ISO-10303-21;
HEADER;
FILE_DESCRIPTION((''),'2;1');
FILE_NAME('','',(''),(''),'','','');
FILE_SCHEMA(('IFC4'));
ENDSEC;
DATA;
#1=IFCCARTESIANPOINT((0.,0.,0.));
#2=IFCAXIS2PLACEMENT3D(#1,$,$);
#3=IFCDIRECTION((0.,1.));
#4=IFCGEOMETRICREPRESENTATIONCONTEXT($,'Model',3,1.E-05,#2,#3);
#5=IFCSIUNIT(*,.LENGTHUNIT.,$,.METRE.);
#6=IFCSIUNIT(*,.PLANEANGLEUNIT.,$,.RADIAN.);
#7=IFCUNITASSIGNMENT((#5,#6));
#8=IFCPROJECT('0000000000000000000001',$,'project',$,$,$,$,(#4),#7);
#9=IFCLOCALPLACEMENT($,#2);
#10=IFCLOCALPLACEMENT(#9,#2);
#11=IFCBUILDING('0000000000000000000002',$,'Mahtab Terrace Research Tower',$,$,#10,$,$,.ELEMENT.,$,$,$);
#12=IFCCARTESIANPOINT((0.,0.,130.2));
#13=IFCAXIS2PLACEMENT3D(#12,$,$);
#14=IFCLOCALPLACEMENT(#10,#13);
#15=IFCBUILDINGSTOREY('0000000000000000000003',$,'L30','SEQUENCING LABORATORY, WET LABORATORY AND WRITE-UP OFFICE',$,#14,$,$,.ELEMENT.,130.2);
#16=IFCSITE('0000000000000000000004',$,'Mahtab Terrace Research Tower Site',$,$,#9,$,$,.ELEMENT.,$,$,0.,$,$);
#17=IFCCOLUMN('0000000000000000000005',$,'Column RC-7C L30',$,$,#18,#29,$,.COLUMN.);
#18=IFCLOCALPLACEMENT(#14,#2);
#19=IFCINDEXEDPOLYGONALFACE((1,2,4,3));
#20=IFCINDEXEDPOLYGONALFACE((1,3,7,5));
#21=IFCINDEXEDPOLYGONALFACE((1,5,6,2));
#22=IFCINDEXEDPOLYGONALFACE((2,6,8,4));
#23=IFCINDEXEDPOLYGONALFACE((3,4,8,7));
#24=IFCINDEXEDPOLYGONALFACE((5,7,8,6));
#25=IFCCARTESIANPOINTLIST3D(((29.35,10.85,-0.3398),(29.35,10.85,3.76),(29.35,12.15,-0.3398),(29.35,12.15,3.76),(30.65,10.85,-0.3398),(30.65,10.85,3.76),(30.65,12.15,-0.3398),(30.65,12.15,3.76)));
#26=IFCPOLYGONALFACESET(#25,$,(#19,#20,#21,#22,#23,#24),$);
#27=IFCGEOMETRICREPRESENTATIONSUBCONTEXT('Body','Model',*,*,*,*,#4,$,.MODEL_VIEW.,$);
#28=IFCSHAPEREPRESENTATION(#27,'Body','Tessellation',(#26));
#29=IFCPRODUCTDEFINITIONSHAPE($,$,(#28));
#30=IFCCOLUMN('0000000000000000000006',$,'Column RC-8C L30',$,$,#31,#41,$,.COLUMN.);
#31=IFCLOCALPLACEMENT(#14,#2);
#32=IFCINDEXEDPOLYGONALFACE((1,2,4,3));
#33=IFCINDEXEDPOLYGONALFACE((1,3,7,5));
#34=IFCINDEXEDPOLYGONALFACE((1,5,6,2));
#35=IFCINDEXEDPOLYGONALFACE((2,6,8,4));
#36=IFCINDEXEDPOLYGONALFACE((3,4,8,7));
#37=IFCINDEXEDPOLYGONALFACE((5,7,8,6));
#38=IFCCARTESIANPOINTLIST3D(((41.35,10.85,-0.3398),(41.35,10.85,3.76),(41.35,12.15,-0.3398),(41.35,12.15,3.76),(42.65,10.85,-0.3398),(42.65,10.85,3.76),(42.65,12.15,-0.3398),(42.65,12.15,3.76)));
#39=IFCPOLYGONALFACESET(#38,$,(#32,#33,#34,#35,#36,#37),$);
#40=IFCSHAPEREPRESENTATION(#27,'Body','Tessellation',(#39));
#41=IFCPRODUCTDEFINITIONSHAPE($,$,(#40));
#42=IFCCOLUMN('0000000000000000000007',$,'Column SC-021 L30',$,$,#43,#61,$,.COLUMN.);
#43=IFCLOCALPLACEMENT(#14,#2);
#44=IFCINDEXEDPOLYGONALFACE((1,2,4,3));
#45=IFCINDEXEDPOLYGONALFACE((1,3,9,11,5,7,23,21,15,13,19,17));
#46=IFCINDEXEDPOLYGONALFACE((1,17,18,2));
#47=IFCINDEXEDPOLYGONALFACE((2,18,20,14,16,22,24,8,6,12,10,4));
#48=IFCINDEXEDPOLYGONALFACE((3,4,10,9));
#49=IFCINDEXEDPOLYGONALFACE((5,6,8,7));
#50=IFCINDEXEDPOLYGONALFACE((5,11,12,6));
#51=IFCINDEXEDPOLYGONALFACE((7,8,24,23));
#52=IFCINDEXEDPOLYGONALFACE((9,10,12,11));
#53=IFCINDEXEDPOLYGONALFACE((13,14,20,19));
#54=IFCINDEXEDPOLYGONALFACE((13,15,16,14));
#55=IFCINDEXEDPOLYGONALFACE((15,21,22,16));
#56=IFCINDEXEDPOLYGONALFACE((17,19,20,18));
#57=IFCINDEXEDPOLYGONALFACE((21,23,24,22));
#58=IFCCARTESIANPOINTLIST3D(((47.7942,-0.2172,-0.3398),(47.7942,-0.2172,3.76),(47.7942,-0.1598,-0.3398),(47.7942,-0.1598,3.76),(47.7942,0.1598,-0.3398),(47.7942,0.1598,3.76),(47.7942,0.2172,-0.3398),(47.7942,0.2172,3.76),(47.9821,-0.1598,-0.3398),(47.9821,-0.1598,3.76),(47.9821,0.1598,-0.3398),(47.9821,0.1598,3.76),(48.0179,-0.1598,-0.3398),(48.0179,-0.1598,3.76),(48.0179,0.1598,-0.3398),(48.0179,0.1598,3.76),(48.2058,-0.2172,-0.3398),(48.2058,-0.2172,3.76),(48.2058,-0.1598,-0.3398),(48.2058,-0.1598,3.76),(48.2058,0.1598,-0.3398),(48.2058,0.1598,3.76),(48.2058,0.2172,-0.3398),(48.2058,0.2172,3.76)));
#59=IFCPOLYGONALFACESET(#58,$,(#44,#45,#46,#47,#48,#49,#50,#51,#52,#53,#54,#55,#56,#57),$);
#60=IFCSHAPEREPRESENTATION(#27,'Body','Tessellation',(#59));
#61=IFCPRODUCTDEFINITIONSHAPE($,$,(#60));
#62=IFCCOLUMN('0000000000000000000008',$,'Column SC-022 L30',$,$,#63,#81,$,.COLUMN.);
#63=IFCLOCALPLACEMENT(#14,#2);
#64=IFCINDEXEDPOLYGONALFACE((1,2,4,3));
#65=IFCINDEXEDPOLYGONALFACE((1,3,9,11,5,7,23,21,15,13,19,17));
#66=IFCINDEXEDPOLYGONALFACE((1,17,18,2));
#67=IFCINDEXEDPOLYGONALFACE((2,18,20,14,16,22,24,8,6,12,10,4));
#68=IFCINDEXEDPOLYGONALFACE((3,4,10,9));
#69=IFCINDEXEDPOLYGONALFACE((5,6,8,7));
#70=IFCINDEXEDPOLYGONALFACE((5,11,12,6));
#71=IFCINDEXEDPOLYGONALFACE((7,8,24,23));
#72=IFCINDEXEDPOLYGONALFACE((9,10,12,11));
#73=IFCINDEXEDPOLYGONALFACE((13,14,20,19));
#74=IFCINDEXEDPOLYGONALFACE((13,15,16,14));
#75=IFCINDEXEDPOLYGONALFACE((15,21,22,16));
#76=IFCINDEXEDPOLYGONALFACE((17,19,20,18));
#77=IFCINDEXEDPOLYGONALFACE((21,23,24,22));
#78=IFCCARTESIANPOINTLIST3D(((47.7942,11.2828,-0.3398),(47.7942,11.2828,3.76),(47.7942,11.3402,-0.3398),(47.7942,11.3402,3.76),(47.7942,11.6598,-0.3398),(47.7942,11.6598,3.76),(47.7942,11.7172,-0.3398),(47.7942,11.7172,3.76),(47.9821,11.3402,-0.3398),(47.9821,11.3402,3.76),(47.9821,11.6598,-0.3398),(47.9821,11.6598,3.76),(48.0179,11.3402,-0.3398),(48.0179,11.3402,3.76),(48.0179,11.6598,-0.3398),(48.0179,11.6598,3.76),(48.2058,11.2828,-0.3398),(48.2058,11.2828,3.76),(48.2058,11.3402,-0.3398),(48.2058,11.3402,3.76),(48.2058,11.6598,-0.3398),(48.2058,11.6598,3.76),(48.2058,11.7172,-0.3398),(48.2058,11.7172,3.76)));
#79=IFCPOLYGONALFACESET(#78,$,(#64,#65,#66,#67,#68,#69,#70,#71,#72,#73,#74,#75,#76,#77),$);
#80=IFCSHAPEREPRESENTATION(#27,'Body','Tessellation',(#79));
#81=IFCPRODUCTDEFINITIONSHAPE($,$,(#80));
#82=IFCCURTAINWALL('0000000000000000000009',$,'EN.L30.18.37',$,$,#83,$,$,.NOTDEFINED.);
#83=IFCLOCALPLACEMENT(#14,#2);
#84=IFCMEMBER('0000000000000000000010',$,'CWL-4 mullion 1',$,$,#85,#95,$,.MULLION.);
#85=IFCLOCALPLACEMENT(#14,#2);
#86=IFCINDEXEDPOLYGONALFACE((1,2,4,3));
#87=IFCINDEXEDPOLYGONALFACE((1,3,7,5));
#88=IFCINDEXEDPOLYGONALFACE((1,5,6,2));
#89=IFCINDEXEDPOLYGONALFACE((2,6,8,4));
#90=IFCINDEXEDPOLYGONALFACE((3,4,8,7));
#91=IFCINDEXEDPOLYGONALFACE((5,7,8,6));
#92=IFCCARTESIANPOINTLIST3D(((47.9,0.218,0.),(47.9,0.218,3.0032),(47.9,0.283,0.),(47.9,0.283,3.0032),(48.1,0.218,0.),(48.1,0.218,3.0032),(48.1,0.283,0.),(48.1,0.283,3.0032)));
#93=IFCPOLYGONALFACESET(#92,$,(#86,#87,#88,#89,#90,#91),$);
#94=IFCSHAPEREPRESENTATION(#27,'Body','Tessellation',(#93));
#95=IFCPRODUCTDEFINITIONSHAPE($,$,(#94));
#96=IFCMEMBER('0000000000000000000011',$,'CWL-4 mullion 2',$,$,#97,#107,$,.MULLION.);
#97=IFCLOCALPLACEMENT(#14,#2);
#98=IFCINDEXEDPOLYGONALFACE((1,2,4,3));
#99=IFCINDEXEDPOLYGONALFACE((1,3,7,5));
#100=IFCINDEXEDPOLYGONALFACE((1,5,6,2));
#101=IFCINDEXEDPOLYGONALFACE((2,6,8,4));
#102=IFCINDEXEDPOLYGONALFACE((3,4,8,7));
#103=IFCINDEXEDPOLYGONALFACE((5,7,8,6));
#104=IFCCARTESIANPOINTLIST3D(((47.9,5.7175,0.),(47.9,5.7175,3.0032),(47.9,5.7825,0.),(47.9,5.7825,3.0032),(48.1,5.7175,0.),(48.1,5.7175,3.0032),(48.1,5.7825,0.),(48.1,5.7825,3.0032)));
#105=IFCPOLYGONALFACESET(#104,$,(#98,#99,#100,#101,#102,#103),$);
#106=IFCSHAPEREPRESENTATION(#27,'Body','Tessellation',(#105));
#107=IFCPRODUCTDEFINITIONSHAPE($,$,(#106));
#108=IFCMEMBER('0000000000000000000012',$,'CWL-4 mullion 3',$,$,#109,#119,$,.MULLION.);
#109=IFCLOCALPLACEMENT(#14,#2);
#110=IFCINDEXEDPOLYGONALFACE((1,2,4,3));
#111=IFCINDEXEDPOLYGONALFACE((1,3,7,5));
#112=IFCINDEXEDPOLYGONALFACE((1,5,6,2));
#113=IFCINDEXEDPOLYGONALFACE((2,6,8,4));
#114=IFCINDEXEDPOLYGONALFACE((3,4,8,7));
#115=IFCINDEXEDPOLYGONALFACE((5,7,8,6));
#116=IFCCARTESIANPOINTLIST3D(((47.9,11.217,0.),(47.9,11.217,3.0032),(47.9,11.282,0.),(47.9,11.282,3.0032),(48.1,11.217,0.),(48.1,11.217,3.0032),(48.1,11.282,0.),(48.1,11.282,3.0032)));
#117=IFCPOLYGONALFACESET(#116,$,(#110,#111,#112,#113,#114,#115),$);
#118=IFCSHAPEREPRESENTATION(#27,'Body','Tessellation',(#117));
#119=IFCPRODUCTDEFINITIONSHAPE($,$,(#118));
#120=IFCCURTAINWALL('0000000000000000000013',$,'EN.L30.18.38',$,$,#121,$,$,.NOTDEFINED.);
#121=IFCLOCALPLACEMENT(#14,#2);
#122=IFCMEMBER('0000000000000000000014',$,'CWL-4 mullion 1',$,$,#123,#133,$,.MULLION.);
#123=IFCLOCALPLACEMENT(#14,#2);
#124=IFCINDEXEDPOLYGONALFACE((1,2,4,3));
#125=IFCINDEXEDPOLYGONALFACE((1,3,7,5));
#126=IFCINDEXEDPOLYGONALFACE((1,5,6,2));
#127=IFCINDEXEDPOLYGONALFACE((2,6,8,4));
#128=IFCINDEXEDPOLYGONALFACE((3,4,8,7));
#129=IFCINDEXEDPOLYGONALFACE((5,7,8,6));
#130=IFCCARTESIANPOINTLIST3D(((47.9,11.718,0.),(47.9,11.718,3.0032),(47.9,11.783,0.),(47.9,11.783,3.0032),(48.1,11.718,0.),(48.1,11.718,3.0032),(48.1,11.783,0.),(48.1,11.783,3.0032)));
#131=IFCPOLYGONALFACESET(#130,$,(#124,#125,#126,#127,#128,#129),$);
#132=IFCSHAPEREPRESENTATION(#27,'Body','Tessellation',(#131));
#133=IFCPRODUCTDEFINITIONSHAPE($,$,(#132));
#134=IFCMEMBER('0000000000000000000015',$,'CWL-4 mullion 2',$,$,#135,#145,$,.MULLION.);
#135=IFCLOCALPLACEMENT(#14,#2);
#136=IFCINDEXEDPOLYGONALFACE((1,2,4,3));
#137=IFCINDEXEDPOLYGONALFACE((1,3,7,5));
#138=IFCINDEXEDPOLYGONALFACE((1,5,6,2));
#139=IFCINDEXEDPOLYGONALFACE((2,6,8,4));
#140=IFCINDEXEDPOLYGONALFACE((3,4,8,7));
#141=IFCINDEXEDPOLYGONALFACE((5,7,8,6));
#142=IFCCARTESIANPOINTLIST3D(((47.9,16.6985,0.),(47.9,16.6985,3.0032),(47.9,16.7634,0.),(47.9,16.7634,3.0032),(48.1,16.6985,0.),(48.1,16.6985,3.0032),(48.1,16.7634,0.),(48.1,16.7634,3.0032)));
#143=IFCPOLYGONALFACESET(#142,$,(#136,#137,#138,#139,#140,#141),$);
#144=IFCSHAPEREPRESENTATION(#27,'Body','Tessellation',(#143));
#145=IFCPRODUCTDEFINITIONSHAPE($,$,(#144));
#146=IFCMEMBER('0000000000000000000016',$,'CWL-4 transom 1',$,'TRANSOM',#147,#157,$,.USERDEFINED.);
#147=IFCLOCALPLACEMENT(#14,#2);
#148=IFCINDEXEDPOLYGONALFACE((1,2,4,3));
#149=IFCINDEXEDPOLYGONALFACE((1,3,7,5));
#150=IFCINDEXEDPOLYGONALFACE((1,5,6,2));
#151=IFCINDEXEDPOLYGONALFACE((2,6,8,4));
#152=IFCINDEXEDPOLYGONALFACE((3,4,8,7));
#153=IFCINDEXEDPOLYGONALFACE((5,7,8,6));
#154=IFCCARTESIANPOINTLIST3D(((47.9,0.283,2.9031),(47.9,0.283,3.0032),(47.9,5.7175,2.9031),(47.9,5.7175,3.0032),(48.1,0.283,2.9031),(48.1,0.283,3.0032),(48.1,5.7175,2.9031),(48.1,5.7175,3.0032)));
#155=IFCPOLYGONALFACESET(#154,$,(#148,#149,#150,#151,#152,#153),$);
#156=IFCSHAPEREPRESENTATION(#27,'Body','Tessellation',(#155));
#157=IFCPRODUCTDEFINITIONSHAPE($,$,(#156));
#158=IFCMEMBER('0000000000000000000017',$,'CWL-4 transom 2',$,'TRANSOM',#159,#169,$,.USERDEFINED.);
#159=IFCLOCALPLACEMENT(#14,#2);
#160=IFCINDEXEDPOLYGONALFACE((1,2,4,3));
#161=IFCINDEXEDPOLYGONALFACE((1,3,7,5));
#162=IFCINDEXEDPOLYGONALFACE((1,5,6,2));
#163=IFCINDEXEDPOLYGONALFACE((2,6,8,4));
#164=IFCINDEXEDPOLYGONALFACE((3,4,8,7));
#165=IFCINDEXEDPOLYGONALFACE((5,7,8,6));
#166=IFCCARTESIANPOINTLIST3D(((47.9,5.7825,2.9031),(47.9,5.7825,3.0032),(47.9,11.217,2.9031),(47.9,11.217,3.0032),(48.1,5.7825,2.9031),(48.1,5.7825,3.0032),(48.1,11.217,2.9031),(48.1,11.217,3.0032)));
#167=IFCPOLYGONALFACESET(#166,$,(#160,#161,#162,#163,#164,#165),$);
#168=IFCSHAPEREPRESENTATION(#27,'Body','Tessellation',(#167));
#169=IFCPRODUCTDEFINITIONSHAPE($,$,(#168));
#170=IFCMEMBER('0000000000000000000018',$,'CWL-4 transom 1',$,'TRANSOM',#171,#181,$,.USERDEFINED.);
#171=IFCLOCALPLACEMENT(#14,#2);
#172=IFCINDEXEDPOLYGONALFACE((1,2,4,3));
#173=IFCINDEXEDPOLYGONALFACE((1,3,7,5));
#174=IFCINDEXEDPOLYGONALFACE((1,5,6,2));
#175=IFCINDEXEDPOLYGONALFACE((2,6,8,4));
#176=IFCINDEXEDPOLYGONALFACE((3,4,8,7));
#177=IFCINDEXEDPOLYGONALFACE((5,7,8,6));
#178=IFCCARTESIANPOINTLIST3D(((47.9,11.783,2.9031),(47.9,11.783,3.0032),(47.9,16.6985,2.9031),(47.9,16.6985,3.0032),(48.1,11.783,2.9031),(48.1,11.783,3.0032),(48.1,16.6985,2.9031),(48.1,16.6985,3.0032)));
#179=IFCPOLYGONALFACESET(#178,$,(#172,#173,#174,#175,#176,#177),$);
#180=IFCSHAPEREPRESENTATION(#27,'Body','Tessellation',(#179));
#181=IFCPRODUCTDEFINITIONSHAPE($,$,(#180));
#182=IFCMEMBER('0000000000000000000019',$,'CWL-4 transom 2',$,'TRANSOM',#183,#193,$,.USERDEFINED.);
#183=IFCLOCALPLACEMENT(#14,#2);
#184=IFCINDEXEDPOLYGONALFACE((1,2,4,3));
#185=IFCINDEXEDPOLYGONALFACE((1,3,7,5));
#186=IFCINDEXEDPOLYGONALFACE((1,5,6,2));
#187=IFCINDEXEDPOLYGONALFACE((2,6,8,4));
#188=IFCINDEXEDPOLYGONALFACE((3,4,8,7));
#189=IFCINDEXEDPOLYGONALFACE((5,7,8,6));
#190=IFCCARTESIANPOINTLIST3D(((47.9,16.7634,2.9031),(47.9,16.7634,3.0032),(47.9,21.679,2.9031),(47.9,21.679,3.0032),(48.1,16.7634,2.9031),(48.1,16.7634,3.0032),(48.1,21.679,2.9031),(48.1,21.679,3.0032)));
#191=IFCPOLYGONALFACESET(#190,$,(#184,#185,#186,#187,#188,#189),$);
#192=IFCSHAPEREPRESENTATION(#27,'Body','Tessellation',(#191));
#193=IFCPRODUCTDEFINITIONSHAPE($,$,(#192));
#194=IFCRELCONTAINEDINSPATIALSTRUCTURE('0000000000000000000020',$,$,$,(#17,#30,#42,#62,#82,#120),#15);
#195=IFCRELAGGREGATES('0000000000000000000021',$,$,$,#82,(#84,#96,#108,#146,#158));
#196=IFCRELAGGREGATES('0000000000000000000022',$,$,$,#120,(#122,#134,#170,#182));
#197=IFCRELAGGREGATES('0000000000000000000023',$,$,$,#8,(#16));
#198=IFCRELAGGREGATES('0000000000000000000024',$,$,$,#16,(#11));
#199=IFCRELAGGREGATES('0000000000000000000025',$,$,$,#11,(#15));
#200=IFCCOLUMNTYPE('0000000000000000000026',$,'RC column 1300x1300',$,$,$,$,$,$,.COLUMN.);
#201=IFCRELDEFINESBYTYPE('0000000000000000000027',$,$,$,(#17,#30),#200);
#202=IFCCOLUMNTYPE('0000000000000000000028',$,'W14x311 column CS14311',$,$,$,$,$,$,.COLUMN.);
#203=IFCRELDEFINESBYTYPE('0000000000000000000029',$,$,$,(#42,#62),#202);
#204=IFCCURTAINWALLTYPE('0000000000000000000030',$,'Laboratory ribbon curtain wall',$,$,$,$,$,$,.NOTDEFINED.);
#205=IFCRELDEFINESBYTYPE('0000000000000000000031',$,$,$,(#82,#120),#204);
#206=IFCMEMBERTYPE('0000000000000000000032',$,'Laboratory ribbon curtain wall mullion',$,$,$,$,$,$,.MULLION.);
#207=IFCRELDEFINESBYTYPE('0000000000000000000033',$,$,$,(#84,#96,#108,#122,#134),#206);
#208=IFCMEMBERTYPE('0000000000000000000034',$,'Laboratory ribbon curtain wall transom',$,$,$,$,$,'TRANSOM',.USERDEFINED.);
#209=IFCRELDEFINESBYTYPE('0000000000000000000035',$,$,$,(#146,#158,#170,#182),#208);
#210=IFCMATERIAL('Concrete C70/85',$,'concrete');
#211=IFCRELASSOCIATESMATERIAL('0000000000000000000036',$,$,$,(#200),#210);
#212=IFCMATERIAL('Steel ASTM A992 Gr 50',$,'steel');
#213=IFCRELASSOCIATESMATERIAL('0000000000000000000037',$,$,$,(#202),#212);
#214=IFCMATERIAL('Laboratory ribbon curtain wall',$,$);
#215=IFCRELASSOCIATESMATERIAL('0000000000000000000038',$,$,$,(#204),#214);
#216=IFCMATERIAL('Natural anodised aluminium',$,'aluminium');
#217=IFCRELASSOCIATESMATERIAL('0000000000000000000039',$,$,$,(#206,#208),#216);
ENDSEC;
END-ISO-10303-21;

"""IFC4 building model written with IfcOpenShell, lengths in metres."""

from ifc_helpers import new_model, si_unit, direction, frame, origin, origin_2d, place, context, subcontext, project, spatial, rectangle, i_section, extrude, material, material_profile, profile_set, type_object, element, aggregate, save


model = new_model("IFC4")

# Units and contexts
model_context = context("Model", 3, precision=1e-05, world=origin(), true_north=direction((0.0, 1.0)))
body_context = subcontext(model_context, "Body", "Model", "MODEL_VIEW")
ifc_project = project(units=[si_unit("LENGTHUNIT", "METRE"), si_unit("PLANEANGLEUNIT", "RADIAN")], contexts=[model_context])

# Site, building, storey
site_placement = place(None, origin())
site = spatial("IfcSite", under=ifc_project, at=site_placement, Name="Mahtab Terrace Research Tower Site", CompositionType="ELEMENT", RefElevation=0.0)
building_placement = place(site_placement, origin())
building = spatial("IfcBuilding", under=site, at=building_placement, Name="Mahtab Terrace Research Tower", CompositionType="ELEMENT")
storey_placement = place(building_placement, frame((0.0, 0.0, 130.2)))
storey = spatial("IfcBuildingStorey", under=building, at=storey_placement, Name="L30", Description="SEQUENCING LABORATORY, WET LABORATORY AND WRITE-UP OFFICE", CompositionType="ELEMENT", Elevation=130.2)

# Columns
ifc_material_1 = material(Name="Concrete C70/85", Category="concrete")
ifc_material_profile_1 = material_profile(ifc_material_1, rectangle(XDim=1.3, YDim=1.3, at=origin_2d()), Name="RC column 1300x1300")
ifc_profile_set_1 = profile_set([ifc_material_profile_1], Name="Concrete C70/85")
column_type_1 = type_object("IfcColumnType", Name="RC column 1300x1300", PredefinedType="COLUMN", material=ifc_profile_set_1)
for number, where, z_axis, x_axis, name in (
    (1, (30.0, 11.5, -0.3398), (0.0, 0.0, 1.0), (1.0, 0.0, 0.0), "Column RC-7C L30"),
    (2, (42.0, 11.5, -0.3398), (0.0, 0.0, 1.0), (1.0, 0.0, 0.0), "Column RC-8C L30"),
):
    element("IfcColumn", number, at=place(storey_placement, frame(where, z_axis=z_axis, x_axis=x_axis)), inside=storey, type_object=column_type_1, Name=name, PredefinedType="COLUMN", context=body_context, shape_type="SweptSolid", body=[
        extrude(rectangle(XDim=1.3, YDim=1.3, at=origin_2d()), origin(), (0.0, 0.0, 1.0), 4.0999),
    ])
ifc_material_2 = material(Name="Steel ASTM A992 Gr 50", Category="steel")
ifc_material_profile_2 = material_profile(ifc_material_2, i_section(OverallWidth=0.4116, OverallDepth=0.4343, WebThickness=0.0359, FlangeThickness=0.0574, at=origin_2d()), Name="W14X311")
ifc_profile_set_2 = profile_set([ifc_material_profile_2], Name="Steel ASTM A992 Gr 50")
column_type_2 = type_object("IfcColumnType", Name="W14x311 column CS14311", PredefinedType="COLUMN", material=ifc_profile_set_2)
for number, where, z_axis, x_axis, name in (
    (3, (48.0, 0.0, -0.3398), (0.0, 0.0, 1.0), (1.0, 0.0, 0.0), "Column SC-021 L30"),
    (4, (48.0, 11.5, -0.3398), (0.0, 0.0, 1.0), (1.0, 0.0, 0.0), "Column SC-022 L30"),
):
    element("IfcColumn", number, at=place(storey_placement, frame(where, z_axis=z_axis, x_axis=x_axis)), inside=storey, type_object=column_type_2, Name=name, PredefinedType="COLUMN", context=body_context, shape_type="SweptSolid", body=[
        extrude(i_section(OverallWidth=0.4116, OverallDepth=0.4343, WebThickness=0.0359, FlangeThickness=0.0574, at=origin_2d()), origin(), (0.0, 0.0, 1.0), 4.0999),
    ])

# Curtain walls, members
ifc_material_3 = material(Name="Laboratory ribbon curtain wall")
curtain_wall_type = type_object("IfcCurtainWallType", Name="Laboratory ribbon curtain wall", PredefinedType="NOTDEFINED", material=ifc_material_3)
curtain_wall_1_placement = place(storey_placement, origin())
curtain_wall_1 = element("IfcCurtainWall", 5, at=curtain_wall_1_placement, inside=storey, type_object=curtain_wall_type, Name="EN.L30.18.37", PredefinedType="NOTDEFINED")
ifc_material_4 = material(Name="Natural anodised aluminium", Category="aluminium")
ifc_material_profile_3 = material_profile(ifc_material_4, rectangle(XDim=0.2, YDim=0.0649, at=origin_2d()), Name="MULLION 65x200")
ifc_profile_set_3 = profile_set([ifc_material_profile_3], Name="Natural anodised aluminium")
member_type_1 = type_object("IfcMemberType", Name="Laboratory ribbon curtain wall mullion", PredefinedType="MULLION", material=ifc_profile_set_3)
member_1_placement = place(storey_placement, frame((48.0, 0.2505, 0.0), z_axis=(0.0, 0.0, 1.0), x_axis=(-1.0, 0.0, 0.0)))
member_1 = element("IfcMember", 6, at=member_1_placement, type_object=member_type_1, Name="CWL-4 mullion 1", PredefinedType="MULLION", context=body_context, shape_type="SweptSolid", body=[
    extrude(rectangle(XDim=0.2, YDim=0.0649, at=origin_2d()), origin(), (0.0, 0.0, 1.0), 3.0032),
])
member_2_placement = place(storey_placement, frame((48.0, 5.75, 0.0), z_axis=(0.0, 0.0, 1.0), x_axis=(-1.0, 0.0, 0.0)))
member_2 = element("IfcMember", 7, at=member_2_placement, type_object=member_type_1, Name="CWL-4 mullion 2", PredefinedType="MULLION", context=body_context, shape_type="SweptSolid", body=[
    extrude(rectangle(XDim=0.2, YDim=0.0649, at=origin_2d()), origin(), (0.0, 0.0, 1.0), 3.0032),
])
member_3_placement = place(storey_placement, frame((48.0, 11.2495, 0.0), z_axis=(0.0, 0.0, 1.0), x_axis=(-1.0, 0.0, 0.0)))
member_3 = element("IfcMember", 8, at=member_3_placement, type_object=member_type_1, Name="CWL-4 mullion 3", PredefinedType="MULLION", context=body_context, shape_type="SweptSolid", body=[
    extrude(rectangle(XDim=0.2, YDim=0.0649, at=origin_2d()), origin(), (0.0, 0.0, 1.0), 3.0032),
])
curtain_wall_2_placement = place(storey_placement, origin())
curtain_wall_2 = element("IfcCurtainWall", 9, at=curtain_wall_2_placement, inside=storey, type_object=curtain_wall_type, Name="EN.L30.18.38", PredefinedType="NOTDEFINED")
member_4_placement = place(storey_placement, frame((48.0, 11.7505, 0.0), z_axis=(0.0, 0.0, 1.0), x_axis=(-1.0, 0.0, 0.0)))
member_4 = element("IfcMember", 10, at=member_4_placement, type_object=member_type_1, Name="CWL-4 mullion 1", PredefinedType="MULLION", context=body_context, shape_type="SweptSolid", body=[
    extrude(rectangle(XDim=0.2, YDim=0.0649, at=origin_2d()), origin(), (0.0, 0.0, 1.0), 3.0032),
])
member_5_placement = place(storey_placement, frame((48.0, 16.731, 0.0), z_axis=(0.0, 0.0, 1.0), x_axis=(-1.0, 0.0, 0.0)))
member_5 = element("IfcMember", 11, at=member_5_placement, type_object=member_type_1, Name="CWL-4 mullion 2", PredefinedType="MULLION", context=body_context, shape_type="SweptSolid", body=[
    extrude(rectangle(XDim=0.2, YDim=0.0649, at=origin_2d()), origin(), (0.0, 0.0, 1.0), 3.0032),
])

# Members
ifc_material_profile_4 = material_profile(ifc_material_4, rectangle(XDim=0.2, YDim=0.1001, at=origin_2d()), Name="TRANSOM 100x200")
ifc_profile_set_4 = profile_set([ifc_material_profile_4], Name="Natural anodised aluminium")
member_type_2 = type_object("IfcMemberType", Name="Laboratory ribbon curtain wall transom", ElementType="TRANSOM", PredefinedType="USERDEFINED", material=ifc_profile_set_4)
member_6_placement = place(storey_placement, frame((48.0, 0.283, 2.9531), z_axis=(0.0, 1.0, 0.0), x_axis=(-1.0, 0.0, 0.0)))
member_6 = element("IfcMember", 12, at=member_6_placement, type_object=member_type_2, Name="CWL-4 transom 1", ObjectType="TRANSOM", PredefinedType="USERDEFINED", context=body_context, shape_type="SweptSolid", body=[
    extrude(rectangle(XDim=0.2, YDim=0.1001, at=origin_2d()), origin(), (0.0, 0.0, 1.0), 5.4346),
])
member_7_placement = place(storey_placement, frame((48.0, 5.7825, 2.9531), z_axis=(0.0, 1.0, 0.0), x_axis=(-1.0, 0.0, 0.0)))
member_7 = element("IfcMember", 13, at=member_7_placement, type_object=member_type_2, Name="CWL-4 transom 2", ObjectType="TRANSOM", PredefinedType="USERDEFINED", context=body_context, shape_type="SweptSolid", body=[
    extrude(rectangle(XDim=0.2, YDim=0.1001, at=origin_2d()), origin(), (0.0, 0.0, 1.0), 5.4346),
])
member_8_placement = place(storey_placement, frame((48.0, 11.783, 2.9531), z_axis=(0.0, 1.0, 0.0), x_axis=(-1.0, 0.0, 0.0)))
member_8 = element("IfcMember", 14, at=member_8_placement, type_object=member_type_2, Name="CWL-4 transom 1", ObjectType="TRANSOM", PredefinedType="USERDEFINED", context=body_context, shape_type="SweptSolid", body=[
    extrude(rectangle(XDim=0.2, YDim=0.1001, at=origin_2d()), origin(), (0.0, 0.0, 1.0), 4.9155),
])
member_9_placement = place(storey_placement, frame((48.0, 16.7634, 2.9531), z_axis=(0.0, 1.0, 0.0), x_axis=(-1.0, 0.0, 0.0)))
member_9 = element("IfcMember", 15, at=member_9_placement, type_object=member_type_2, Name="CWL-4 transom 2", ObjectType="TRANSOM", PredefinedType="USERDEFINED", context=body_context, shape_type="SweptSolid", body=[
    extrude(rectangle(XDim=0.2, YDim=0.1001, at=origin_2d()), origin(), (0.0, 0.0, 1.0), 4.9155),
])

aggregate(curtain_wall_1, [member_1, member_2, member_3, member_6, member_7])
aggregate(curtain_wall_2, [member_4, member_5, member_8, member_9])

save(model, "model.ifc")
